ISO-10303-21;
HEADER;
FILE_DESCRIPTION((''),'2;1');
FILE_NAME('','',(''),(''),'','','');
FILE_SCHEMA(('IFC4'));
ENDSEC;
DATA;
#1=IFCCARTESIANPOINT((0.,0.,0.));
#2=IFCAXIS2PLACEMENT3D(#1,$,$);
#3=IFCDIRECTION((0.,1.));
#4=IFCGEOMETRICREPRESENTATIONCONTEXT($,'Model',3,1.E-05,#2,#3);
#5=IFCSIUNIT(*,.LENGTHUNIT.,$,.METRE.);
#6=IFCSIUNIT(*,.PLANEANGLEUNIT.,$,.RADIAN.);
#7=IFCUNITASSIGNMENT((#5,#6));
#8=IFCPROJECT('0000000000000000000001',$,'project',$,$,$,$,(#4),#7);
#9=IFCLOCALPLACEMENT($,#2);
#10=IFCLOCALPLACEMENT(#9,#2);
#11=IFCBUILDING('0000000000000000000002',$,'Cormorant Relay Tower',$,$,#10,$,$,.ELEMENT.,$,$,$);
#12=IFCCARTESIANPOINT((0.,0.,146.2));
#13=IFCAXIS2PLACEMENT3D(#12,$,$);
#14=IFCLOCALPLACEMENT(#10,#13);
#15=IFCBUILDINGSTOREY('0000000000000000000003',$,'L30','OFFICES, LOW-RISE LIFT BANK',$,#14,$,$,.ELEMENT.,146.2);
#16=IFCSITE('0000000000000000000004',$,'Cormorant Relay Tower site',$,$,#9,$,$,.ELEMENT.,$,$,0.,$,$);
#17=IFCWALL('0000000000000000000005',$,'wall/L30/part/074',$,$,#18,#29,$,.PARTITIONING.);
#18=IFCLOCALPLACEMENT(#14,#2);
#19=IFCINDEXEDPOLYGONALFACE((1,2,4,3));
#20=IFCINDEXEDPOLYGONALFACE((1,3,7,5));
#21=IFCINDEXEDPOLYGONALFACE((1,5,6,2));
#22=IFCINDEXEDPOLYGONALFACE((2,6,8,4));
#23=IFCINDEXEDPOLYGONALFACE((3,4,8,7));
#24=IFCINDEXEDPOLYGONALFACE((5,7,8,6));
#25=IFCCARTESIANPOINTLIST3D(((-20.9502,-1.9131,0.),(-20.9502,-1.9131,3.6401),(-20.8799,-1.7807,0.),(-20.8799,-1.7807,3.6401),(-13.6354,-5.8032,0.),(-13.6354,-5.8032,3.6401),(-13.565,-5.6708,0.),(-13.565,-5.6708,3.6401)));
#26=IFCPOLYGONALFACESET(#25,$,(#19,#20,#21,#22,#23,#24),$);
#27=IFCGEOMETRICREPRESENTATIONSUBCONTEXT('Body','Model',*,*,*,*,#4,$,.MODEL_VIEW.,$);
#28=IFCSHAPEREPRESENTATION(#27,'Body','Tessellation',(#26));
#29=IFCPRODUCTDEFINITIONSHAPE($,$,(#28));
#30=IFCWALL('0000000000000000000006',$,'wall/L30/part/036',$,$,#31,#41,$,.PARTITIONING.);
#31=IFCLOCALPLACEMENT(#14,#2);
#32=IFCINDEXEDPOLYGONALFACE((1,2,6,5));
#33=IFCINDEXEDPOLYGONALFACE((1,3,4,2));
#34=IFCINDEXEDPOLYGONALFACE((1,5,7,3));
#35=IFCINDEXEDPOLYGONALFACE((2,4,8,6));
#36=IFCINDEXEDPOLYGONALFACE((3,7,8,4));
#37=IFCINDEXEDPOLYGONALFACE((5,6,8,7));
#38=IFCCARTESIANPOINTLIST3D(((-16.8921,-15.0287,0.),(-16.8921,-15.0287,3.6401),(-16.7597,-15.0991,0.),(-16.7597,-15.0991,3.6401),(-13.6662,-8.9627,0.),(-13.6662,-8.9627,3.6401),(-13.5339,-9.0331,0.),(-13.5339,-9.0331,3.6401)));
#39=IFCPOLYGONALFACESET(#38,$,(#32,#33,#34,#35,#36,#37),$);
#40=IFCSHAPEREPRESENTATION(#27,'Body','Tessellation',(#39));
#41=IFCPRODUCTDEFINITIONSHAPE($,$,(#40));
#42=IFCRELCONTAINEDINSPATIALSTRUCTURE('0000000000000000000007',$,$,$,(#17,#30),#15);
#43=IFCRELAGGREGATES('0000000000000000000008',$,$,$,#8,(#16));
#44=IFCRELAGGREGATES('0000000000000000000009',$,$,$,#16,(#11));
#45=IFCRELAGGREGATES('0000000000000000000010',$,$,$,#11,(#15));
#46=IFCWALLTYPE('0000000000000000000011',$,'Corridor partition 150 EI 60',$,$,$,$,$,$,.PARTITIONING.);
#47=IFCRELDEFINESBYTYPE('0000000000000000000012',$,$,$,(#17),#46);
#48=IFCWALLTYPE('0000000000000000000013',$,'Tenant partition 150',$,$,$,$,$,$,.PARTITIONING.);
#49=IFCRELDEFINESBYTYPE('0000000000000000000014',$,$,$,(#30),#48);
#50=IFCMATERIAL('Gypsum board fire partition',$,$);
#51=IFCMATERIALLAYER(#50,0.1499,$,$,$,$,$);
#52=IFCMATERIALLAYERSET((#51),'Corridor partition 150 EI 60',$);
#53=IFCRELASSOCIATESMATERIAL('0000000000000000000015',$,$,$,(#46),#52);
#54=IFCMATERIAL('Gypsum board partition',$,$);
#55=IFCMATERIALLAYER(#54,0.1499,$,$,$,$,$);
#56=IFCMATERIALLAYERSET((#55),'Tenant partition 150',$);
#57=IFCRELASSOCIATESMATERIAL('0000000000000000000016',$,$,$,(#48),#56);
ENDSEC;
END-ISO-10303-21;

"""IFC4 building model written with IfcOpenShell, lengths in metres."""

from ifc_helpers import new_model, si_unit, direction, frame, frame_2d, origin, place, context, subcontext, project, spatial, rectangle, extrude, material, layer, layer_set, type_object, element, save


model = new_model("IFC4")

# Units and contexts
model_context = context("Model", 3, precision=1e-05, world=origin(), true_north=direction((0.0, 1.0)))
body_context = subcontext(model_context, "Body", "Model", "MODEL_VIEW")
ifc_project = project(units=[si_unit("LENGTHUNIT", "METRE"), si_unit("PLANEANGLEUNIT", "RADIAN")], contexts=[model_context])

# Site, building, storey
site_placement = place(None, origin())
site = spatial("IfcSite", under=ifc_project, at=site_placement, Name="Cormorant Relay Tower site", CompositionType="ELEMENT", RefElevation=0.0)
building_placement = place(site_placement, origin())
building = spatial("IfcBuilding", under=site, at=building_placement, Name="Cormorant Relay Tower", CompositionType="ELEMENT")
storey_placement = place(building_placement, frame((0.0, 0.0, 146.2)))
storey = spatial("IfcBuildingStorey", under=building, at=storey_placement, Name="L30", Description="OFFICES, LOW-RISE LIFT BANK", CompositionType="ELEMENT", Elevation=146.2)

# Shared definitions
ifc_material_1 = material(Name="Gypsum board fire partition")
ifc_layer_1 = layer(ifc_material_1, 0.1499)
ifc_layer_set_1 = layer_set([ifc_layer_1], Name="Corridor partition 150 EI 60")
wall_type_1 = type_object("IfcWallType", Name="Corridor partition 150 EI 60", PredefinedType="PARTITIONING", material=ifc_layer_set_1)

# Walls
wall_1_placement = place(storey_placement, frame((-13.6001, -5.7371, 0.0), z_axis=(0.0, 0.0, 1.0), x_axis=(-0.882912, 0.469539, 0.0)))
element("IfcWall", 1, at=wall_1_placement, inside=storey, type_object=wall_type_1, Name="wall/L30/part/074", PredefinedType="PARTITIONING", context=body_context, shape_type="SweptSolid", body=[
    extrude(rectangle(XDim=8.2849, YDim=0.1499, at=frame_2d((4.1426, 0.0))), origin(), (0.0, 0.0, 1.0), 3.6401),
])
ifc_material_2 = material(Name="Gypsum board partition")
ifc_layer_2 = layer(ifc_material_2, 0.1499)
ifc_layer_set_2 = layer_set([ifc_layer_2], Name="Tenant partition 150")
wall_type_2 = type_object("IfcWallType", Name="Tenant partition 150", PredefinedType="PARTITIONING", material=ifc_layer_set_2)
wall_2_placement = place(storey_placement, frame((-13.6001, -8.998, 0.0), z_axis=(0.0, 0.0, 1.0), x_axis=(-0.469531, -0.882916, 0.0)))
element("IfcWall", 2, at=wall_2_placement, inside=storey, type_object=wall_type_2, Name="wall/L30/part/036", PredefinedType="PARTITIONING", context=body_context, shape_type="SweptSolid", body=[
    extrude(rectangle(XDim=6.8704, YDim=0.1499, at=frame_2d((3.4351, 0.0))), origin(), (0.0, 0.0, 1.0), 3.6401),
])

save(model, "model.ifc")
